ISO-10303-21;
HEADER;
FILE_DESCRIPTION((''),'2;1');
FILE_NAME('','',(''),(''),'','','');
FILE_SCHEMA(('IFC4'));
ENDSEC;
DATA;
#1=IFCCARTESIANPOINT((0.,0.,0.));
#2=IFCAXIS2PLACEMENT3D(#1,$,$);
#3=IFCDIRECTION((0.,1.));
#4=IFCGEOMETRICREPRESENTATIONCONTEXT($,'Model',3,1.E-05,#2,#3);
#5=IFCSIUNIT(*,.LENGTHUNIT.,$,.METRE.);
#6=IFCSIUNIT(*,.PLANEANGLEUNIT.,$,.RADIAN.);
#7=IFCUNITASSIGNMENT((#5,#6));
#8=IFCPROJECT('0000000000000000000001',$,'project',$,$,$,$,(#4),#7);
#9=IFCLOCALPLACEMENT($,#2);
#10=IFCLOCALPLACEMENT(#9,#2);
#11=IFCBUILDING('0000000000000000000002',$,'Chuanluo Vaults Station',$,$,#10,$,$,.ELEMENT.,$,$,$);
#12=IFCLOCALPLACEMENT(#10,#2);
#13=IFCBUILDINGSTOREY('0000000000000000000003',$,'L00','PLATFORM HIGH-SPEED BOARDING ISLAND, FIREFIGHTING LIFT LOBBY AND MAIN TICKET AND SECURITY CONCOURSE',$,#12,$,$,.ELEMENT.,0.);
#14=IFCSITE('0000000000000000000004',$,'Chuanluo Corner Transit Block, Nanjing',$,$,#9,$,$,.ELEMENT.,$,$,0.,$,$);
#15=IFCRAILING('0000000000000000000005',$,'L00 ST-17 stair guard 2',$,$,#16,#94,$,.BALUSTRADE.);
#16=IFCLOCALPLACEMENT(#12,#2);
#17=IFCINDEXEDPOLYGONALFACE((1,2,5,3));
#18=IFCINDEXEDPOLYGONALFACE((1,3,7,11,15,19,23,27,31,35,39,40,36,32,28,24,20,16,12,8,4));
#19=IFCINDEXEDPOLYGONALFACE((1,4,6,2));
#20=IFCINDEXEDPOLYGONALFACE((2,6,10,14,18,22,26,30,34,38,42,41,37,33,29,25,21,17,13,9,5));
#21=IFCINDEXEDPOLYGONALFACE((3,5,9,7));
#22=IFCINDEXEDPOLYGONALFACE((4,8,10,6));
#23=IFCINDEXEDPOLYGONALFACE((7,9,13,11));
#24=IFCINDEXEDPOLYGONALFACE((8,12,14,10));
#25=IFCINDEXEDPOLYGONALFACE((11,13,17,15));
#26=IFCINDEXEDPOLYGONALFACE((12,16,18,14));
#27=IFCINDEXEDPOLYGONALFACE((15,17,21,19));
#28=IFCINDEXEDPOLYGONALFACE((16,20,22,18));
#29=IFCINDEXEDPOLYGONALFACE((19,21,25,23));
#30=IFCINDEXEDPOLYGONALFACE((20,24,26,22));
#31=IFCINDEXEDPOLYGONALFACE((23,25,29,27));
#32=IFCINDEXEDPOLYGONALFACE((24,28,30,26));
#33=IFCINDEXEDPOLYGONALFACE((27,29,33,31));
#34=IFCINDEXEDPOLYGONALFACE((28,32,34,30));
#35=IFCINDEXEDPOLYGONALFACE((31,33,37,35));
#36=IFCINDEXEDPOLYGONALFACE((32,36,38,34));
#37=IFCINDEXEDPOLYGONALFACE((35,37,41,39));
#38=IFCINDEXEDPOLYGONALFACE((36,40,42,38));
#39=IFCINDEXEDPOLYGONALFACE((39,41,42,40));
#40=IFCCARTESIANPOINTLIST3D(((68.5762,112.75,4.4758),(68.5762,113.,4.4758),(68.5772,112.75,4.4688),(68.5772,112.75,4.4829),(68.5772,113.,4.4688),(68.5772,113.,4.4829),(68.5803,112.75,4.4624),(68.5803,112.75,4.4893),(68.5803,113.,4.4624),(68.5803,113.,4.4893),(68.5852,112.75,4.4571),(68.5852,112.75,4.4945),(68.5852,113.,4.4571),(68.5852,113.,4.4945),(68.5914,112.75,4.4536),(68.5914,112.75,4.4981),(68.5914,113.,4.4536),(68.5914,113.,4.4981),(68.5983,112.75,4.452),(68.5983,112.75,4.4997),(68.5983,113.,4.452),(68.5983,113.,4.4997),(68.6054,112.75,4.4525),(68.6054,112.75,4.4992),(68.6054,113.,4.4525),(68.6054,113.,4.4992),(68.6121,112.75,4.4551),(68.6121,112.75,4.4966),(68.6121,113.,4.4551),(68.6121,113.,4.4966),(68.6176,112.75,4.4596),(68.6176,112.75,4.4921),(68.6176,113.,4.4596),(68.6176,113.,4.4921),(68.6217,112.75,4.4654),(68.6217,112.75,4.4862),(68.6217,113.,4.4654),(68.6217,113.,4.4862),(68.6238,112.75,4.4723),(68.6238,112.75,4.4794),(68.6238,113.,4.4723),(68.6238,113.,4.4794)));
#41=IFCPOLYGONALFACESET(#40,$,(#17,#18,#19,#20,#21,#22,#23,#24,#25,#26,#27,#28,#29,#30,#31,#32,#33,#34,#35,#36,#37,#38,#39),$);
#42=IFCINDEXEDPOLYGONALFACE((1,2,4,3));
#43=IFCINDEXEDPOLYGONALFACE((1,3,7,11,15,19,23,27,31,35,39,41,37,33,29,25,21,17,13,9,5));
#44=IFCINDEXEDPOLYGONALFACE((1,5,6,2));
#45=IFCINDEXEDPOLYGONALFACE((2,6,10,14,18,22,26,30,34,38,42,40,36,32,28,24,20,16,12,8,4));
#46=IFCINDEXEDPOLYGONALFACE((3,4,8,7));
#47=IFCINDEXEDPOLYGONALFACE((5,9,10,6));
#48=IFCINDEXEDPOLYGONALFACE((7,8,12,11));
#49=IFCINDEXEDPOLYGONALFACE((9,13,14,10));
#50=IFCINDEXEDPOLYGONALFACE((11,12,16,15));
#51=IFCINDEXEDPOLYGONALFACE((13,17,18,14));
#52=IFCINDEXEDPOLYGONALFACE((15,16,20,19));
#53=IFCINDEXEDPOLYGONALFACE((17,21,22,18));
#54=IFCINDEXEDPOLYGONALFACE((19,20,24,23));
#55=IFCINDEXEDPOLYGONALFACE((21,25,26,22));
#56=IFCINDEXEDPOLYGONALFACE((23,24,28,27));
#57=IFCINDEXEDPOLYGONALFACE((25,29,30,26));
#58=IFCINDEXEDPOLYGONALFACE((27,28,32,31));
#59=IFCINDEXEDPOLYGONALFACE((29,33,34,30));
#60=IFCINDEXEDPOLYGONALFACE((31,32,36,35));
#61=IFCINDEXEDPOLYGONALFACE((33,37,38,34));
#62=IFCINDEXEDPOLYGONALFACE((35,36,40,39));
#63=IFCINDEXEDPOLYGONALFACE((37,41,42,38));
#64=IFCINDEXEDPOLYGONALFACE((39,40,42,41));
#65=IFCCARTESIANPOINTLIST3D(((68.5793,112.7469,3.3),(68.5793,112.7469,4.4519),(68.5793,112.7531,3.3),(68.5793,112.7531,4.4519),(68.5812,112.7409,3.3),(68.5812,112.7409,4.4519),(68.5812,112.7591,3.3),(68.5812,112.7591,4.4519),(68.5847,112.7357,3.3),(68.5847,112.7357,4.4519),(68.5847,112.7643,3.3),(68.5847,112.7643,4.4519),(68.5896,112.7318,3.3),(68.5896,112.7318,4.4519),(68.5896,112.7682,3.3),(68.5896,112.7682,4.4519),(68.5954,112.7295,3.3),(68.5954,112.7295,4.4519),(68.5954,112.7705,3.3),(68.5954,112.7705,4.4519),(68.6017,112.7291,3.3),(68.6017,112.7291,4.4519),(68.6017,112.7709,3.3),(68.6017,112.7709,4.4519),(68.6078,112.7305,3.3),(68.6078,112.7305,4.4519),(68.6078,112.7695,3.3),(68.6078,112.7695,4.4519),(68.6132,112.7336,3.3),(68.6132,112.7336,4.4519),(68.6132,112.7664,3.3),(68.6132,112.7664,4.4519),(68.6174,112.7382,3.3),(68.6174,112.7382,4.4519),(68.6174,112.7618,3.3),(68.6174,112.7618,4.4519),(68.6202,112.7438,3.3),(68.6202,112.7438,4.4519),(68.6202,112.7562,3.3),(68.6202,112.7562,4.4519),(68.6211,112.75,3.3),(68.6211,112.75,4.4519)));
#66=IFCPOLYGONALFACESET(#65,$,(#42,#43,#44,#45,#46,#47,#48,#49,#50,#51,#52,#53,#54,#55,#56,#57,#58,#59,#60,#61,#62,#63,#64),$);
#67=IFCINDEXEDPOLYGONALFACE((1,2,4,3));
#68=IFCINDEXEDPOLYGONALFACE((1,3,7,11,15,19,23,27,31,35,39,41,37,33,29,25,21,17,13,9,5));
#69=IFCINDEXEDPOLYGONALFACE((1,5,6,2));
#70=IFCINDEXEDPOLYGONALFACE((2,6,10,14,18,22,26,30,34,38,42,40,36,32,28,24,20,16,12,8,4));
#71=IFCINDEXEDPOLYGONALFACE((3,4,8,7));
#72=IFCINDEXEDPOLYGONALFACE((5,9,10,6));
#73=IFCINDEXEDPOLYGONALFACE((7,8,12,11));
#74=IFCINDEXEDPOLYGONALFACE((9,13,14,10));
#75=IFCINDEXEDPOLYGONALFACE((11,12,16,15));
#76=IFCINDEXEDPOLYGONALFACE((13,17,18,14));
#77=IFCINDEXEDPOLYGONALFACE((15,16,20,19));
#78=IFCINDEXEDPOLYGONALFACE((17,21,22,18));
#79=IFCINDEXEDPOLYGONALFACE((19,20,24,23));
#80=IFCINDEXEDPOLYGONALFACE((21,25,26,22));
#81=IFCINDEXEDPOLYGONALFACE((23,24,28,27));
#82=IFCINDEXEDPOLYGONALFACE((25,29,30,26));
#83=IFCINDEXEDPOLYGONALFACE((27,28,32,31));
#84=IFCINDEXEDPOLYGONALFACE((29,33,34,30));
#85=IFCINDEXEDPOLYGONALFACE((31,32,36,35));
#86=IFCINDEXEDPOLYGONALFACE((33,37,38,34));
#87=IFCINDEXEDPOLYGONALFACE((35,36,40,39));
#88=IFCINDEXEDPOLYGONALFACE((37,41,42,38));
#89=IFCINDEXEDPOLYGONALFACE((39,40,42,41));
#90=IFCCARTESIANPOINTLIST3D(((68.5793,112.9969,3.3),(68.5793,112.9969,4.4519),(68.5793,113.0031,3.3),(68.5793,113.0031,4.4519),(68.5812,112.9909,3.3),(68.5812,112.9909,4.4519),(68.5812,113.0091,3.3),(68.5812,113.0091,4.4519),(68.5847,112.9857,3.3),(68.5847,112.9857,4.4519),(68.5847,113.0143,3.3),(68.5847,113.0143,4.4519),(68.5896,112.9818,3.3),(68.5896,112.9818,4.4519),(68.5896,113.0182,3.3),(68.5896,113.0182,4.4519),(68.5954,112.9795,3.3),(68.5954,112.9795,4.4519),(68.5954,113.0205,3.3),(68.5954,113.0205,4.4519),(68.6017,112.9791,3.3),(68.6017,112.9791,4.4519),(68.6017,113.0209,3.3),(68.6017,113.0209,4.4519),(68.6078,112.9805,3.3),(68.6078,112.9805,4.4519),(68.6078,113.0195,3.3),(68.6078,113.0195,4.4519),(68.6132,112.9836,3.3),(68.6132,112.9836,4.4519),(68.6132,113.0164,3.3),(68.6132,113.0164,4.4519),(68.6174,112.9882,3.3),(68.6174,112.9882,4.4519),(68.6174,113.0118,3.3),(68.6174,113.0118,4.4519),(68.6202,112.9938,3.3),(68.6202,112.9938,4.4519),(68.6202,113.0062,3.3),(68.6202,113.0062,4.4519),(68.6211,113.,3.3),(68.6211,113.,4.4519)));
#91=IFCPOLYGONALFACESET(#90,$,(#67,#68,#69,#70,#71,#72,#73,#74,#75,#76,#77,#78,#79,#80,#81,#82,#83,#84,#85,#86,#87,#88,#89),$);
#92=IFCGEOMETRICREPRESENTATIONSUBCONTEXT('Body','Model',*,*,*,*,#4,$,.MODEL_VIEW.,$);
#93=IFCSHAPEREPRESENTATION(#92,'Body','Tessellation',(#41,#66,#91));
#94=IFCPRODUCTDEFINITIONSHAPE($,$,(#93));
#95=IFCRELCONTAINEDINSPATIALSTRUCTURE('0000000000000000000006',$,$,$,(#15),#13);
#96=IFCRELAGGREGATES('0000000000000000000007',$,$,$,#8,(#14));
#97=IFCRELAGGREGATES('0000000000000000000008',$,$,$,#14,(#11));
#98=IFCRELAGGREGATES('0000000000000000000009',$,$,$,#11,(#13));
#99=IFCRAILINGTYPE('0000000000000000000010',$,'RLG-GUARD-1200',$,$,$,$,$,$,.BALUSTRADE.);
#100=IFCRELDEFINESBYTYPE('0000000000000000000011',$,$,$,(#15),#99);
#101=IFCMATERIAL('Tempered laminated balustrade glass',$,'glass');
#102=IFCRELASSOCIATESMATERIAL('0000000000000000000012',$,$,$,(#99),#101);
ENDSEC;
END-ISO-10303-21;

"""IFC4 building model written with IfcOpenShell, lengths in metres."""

from ifc_helpers import new_model, si_unit, direction, frame, origin, origin_2d, place, context, subcontext, project, spatial, circle, extrude, material, type_object, element, save


model = new_model("IFC4")

# Units and contexts
model_context = context("Model", 3, precision=1e-05, world=origin(), true_north=direction((0.0, 1.0)))
body_context = subcontext(model_context, "Body", "Model", "MODEL_VIEW")
ifc_project = project(units=[si_unit("LENGTHUNIT", "METRE"), si_unit("PLANEANGLEUNIT", "RADIAN")], contexts=[model_context])

# Site, building, storey
site_placement = place(None, origin())
site = spatial("IfcSite", under=ifc_project, at=site_placement, Name="Chuanluo Corner Transit Block, Nanjing", CompositionType="ELEMENT", RefElevation=0.0)
building_placement = place(site_placement, origin())
building = spatial("IfcBuilding", under=site, at=building_placement, Name="Chuanluo Vaults Station", CompositionType="ELEMENT")
storey_placement = place(building_placement, origin())
storey = spatial("IfcBuildingStorey", under=building, at=storey_placement, Name="L00", Description="PLATFORM HIGH-SPEED BOARDING ISLAND, FIREFIGHTING LIFT LOBBY AND MAIN TICKET AND SECURITY CONCOURSE", CompositionType="ELEMENT", Elevation=0.0)

# Railing
ifc_material_1 = material(Name="Tempered laminated balustrade glass", Category="glass")
railing_type_1 = type_object("IfcRailingType", Name="RLG-GUARD-1200", PredefinedType="BALUSTRADE", material=ifc_material_1)
railing_1_placement = place(storey_placement, frame((68.6001, 112.75, 3.3)))
element("IfcRailing", 1, at=railing_1_placement, inside=storey, type_object=railing_type_1, Name="L00 ST-17 stair guard 2", PredefinedType="BALUSTRADE", context=body_context, shape_type="SweptSolid", body=[
    extrude(circle(Radius=0.0239, at=origin_2d()), frame((0.0, 0.0, 1.1758), z_axis=(0.0, 1.0, 0.0), x_axis=(-1.0, 0.0, 0.0)), (0.0, 0.0, 1.0), 0.25),
    extrude(circle(Radius=0.021, at=origin_2d()), origin(), (0.0, 0.0, 1.0), 1.1519),
    extrude(circle(Radius=0.021, at=origin_2d()), frame((0.0, 0.25, 0.0)), (0.0, 0.0, 1.0), 1.1519),
])

save(model, "model.ifc")
